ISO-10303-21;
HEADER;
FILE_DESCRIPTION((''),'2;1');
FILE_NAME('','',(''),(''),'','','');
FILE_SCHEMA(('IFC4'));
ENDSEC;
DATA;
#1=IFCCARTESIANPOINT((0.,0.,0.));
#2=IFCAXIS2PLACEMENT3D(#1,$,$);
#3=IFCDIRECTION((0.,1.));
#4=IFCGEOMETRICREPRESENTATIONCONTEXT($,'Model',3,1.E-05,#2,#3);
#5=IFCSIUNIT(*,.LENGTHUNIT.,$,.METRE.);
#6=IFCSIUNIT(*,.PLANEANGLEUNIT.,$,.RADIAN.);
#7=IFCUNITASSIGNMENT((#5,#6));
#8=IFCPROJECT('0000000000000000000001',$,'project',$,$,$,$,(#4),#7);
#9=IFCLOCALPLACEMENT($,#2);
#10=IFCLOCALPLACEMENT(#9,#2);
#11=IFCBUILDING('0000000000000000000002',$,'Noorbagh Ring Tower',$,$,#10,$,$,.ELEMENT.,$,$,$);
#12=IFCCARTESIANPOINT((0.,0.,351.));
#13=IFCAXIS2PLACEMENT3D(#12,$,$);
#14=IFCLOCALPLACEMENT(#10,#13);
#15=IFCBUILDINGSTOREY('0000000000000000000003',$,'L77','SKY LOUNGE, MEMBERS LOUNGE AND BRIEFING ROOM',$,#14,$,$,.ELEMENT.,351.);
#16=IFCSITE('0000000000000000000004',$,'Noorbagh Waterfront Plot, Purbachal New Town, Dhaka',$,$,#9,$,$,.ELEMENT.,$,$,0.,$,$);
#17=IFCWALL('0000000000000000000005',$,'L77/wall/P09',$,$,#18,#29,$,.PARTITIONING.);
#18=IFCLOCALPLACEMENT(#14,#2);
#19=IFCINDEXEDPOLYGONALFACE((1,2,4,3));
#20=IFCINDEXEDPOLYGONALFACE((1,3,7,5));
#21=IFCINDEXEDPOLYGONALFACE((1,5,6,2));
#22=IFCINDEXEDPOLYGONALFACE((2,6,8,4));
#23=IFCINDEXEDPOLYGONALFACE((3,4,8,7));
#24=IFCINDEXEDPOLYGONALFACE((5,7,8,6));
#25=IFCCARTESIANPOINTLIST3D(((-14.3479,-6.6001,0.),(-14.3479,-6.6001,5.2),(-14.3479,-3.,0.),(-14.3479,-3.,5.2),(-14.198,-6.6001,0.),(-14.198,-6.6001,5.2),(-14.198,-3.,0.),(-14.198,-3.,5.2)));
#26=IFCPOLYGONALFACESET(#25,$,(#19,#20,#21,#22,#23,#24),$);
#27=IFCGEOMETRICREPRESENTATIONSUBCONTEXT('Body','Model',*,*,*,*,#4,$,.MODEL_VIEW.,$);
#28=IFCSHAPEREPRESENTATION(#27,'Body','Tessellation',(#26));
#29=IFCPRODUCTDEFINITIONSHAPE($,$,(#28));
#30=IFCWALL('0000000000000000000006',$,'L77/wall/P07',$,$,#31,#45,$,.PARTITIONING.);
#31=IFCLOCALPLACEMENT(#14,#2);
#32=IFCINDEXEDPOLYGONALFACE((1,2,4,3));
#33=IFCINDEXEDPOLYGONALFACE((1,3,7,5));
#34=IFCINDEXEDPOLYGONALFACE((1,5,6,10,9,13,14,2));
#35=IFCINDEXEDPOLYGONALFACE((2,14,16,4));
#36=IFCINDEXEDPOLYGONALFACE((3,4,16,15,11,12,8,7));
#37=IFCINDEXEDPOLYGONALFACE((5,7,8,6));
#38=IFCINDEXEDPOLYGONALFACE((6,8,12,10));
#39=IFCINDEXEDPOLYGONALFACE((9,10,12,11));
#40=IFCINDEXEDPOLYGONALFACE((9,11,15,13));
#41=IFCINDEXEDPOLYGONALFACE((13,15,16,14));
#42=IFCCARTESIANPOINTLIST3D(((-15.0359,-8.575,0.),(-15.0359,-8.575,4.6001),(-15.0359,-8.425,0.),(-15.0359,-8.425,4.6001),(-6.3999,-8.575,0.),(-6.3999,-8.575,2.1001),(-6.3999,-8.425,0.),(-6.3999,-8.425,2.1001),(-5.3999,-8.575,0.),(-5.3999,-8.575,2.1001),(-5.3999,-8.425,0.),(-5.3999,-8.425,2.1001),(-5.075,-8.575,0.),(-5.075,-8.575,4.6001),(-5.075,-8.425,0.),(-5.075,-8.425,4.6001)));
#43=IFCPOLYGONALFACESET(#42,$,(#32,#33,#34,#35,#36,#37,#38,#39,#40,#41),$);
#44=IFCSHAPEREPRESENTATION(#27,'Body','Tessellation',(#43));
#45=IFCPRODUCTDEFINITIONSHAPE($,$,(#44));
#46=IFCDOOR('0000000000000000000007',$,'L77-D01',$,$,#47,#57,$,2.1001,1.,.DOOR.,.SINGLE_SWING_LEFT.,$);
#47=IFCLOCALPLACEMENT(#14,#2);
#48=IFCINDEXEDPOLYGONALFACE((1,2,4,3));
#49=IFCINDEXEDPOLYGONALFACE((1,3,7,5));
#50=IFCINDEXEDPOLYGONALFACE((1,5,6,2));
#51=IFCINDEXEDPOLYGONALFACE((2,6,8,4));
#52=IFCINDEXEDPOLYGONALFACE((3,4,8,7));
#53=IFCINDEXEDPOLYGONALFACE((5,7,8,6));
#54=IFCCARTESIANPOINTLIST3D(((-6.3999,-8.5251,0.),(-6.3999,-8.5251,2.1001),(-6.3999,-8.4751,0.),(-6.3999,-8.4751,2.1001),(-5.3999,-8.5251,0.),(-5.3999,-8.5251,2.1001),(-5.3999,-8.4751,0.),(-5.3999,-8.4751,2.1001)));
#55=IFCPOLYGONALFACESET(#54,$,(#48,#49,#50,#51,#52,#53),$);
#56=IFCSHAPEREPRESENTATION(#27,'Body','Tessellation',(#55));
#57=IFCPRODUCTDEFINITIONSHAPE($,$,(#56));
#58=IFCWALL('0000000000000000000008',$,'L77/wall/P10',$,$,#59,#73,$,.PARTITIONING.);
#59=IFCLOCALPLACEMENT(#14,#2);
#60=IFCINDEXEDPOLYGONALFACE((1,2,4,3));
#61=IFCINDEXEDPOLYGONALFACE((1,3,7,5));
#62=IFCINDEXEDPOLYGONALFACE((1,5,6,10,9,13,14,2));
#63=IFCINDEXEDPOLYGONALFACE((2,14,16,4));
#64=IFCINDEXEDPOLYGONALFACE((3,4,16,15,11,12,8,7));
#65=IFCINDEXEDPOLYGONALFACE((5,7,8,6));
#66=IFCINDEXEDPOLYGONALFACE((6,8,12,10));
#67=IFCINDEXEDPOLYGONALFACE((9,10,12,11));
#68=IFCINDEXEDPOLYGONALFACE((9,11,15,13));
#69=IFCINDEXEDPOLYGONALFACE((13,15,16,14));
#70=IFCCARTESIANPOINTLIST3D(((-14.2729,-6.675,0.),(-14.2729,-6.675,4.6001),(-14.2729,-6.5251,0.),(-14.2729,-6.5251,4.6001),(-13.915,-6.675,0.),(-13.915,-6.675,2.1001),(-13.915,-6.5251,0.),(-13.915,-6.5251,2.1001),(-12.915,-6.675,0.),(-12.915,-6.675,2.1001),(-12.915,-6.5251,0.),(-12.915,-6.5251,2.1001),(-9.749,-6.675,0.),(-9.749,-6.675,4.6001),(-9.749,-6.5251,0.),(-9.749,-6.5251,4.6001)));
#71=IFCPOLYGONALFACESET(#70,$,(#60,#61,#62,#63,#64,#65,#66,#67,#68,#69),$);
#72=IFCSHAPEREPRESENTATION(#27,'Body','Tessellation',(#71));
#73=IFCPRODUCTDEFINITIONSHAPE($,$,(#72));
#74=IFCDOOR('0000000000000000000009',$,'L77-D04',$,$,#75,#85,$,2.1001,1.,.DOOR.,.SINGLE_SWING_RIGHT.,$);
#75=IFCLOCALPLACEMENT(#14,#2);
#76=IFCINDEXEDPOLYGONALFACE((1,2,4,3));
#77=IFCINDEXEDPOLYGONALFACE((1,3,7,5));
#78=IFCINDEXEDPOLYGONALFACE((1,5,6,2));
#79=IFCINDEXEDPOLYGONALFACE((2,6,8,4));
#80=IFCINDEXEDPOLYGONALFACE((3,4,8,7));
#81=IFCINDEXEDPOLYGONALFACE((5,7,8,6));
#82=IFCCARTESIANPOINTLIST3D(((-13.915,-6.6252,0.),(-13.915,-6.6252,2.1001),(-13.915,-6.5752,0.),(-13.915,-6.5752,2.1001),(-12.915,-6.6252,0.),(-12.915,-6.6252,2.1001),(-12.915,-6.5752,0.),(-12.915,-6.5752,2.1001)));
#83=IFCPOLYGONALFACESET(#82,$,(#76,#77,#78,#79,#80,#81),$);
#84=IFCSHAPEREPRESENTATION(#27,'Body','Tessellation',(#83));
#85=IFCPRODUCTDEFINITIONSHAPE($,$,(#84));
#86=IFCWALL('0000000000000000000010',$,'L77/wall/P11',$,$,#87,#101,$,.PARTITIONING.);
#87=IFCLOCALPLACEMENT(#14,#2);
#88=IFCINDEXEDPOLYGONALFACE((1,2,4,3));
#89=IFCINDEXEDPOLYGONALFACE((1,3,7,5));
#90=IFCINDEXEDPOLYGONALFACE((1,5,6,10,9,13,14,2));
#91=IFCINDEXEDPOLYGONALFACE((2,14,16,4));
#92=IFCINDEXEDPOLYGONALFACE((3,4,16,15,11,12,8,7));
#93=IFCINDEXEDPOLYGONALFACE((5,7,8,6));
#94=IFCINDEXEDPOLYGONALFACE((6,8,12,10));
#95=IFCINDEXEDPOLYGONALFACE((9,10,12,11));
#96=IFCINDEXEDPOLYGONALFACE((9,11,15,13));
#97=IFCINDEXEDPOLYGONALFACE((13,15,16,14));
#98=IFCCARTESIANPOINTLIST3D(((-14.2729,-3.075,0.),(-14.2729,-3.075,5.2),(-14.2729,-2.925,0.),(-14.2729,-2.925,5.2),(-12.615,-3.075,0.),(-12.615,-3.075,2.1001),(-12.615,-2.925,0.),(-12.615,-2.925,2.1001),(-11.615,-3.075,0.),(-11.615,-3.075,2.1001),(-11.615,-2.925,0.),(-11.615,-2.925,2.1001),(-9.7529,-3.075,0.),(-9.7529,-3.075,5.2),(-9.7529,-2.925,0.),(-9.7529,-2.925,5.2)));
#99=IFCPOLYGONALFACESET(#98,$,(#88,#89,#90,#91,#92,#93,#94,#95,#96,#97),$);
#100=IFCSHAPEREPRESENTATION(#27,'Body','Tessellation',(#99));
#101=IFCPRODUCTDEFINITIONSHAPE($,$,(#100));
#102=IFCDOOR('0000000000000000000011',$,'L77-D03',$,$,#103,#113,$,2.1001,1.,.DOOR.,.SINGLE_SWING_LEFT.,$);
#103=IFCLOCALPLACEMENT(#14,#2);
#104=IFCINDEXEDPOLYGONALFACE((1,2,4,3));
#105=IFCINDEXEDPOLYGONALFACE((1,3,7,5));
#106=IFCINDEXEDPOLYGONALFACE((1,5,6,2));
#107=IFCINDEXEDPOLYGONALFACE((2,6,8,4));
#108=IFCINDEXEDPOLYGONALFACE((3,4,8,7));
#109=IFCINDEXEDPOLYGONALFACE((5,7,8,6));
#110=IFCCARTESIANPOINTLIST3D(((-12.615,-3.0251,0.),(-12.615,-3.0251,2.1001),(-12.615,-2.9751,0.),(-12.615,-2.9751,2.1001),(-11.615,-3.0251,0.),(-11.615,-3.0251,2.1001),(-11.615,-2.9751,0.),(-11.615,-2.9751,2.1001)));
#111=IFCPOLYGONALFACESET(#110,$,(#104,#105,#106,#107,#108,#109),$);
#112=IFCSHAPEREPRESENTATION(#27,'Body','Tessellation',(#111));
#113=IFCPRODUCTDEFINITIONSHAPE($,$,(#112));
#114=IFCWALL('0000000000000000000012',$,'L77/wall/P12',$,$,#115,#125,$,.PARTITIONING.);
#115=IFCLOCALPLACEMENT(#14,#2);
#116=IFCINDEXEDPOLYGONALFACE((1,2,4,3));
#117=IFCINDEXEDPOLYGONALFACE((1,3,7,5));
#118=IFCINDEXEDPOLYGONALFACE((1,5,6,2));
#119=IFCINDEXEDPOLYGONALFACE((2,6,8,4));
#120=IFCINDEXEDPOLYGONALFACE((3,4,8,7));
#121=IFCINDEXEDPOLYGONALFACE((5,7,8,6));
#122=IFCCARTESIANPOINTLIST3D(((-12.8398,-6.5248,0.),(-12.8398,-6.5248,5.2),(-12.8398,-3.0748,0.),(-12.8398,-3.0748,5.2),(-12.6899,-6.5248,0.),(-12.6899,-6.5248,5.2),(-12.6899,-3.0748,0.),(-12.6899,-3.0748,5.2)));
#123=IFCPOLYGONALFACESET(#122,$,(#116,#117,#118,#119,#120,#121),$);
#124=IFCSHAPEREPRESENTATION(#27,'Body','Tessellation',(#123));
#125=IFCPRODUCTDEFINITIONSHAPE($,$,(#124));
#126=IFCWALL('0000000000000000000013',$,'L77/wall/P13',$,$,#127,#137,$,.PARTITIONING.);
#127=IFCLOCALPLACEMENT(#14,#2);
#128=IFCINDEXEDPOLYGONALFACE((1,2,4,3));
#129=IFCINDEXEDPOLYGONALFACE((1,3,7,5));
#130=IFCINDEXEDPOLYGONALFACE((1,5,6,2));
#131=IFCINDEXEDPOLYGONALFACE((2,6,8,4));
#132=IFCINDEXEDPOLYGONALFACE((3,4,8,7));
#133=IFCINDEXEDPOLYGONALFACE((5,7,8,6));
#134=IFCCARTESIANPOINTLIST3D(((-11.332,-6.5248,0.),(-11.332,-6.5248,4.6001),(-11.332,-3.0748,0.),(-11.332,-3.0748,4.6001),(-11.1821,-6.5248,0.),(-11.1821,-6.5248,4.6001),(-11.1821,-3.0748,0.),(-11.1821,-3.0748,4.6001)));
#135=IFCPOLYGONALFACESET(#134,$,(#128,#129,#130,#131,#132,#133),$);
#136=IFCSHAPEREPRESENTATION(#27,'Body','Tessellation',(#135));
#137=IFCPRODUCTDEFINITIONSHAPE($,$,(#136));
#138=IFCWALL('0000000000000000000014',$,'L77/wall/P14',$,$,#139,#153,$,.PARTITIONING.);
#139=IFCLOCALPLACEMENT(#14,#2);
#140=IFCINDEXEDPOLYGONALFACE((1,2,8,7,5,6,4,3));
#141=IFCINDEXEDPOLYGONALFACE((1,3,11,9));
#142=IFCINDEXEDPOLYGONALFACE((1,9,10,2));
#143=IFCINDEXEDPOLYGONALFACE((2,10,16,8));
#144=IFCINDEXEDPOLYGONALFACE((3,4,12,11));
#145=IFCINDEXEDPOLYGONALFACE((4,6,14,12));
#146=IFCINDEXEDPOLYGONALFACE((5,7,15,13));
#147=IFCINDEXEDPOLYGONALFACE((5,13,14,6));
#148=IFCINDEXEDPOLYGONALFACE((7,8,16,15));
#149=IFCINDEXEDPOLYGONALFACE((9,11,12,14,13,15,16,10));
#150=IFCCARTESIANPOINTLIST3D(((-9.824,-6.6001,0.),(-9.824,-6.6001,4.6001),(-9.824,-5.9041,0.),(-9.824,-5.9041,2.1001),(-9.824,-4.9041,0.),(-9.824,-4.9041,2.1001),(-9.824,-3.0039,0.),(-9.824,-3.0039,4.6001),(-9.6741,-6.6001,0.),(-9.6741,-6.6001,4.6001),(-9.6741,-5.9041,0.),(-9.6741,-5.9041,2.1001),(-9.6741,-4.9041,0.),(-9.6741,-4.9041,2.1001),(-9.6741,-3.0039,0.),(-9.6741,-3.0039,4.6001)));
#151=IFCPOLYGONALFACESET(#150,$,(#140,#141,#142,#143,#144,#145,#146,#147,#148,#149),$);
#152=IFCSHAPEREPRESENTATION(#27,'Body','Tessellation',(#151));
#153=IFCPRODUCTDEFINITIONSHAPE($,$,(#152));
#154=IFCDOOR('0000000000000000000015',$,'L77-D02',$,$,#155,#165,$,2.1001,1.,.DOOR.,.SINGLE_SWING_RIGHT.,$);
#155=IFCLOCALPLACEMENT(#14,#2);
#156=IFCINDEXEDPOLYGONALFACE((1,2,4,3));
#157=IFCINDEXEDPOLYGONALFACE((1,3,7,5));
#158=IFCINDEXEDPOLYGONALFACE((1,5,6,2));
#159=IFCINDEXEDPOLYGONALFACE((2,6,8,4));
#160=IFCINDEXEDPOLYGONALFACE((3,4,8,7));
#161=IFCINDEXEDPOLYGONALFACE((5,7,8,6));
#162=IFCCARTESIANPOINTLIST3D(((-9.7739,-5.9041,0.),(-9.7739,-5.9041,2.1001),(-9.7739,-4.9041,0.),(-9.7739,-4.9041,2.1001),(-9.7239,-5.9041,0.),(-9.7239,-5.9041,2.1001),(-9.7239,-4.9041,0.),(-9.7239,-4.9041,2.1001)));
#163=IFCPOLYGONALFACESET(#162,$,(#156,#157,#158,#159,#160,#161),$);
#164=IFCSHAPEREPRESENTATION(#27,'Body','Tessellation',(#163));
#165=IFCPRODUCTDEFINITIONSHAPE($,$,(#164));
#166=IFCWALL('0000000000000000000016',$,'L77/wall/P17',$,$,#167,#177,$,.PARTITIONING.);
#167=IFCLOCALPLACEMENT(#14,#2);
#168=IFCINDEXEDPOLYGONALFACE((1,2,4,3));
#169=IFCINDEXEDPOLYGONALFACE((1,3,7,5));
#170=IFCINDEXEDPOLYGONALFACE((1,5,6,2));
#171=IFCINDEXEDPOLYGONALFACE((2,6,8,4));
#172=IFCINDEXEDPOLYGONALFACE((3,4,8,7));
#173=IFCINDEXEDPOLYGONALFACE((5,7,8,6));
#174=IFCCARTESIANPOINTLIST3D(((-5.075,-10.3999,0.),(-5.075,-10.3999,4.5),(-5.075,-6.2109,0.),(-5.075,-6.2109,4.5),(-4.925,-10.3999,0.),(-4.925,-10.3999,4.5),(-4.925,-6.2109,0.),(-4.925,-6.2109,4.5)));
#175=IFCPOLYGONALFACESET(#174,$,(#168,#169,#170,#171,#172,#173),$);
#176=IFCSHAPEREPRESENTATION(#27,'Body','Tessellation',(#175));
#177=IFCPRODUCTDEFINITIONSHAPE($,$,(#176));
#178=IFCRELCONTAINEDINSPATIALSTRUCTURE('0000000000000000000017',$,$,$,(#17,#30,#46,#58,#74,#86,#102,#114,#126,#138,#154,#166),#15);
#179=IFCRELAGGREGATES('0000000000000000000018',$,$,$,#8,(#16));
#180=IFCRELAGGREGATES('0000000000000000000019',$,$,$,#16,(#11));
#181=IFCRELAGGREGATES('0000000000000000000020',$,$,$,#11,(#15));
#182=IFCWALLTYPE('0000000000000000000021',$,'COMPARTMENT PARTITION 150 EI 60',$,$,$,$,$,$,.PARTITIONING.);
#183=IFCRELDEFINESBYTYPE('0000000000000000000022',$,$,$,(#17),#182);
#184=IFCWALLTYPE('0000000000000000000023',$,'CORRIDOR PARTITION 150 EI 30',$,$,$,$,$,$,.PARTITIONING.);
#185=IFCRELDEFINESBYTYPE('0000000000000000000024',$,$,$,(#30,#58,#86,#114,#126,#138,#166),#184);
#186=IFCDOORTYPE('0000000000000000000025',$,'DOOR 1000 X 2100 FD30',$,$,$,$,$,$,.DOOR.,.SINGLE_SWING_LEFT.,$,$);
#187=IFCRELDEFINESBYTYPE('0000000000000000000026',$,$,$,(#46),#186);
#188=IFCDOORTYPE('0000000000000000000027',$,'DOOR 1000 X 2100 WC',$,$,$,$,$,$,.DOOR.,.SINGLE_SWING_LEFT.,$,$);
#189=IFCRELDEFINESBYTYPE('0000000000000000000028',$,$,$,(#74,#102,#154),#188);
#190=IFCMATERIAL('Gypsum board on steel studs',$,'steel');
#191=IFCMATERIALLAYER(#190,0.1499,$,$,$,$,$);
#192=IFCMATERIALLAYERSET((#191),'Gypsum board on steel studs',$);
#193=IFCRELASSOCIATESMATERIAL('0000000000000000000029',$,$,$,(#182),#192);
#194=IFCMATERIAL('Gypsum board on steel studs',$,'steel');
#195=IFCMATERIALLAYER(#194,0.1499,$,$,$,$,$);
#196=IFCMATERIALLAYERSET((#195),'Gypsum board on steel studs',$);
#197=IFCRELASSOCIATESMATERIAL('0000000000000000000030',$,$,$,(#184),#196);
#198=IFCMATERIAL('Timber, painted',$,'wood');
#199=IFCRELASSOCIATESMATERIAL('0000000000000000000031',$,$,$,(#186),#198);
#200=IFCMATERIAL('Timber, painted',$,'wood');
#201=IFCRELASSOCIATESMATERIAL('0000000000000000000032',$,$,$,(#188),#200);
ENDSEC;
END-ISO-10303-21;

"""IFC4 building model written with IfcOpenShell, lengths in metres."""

from ifc_helpers import new_model, si_unit, direction, frame, frame_2d, origin, place, context, subcontext, project, spatial, rectangle, extrude, material, layer, layer_set, type_object, element, fill, save


model = new_model("IFC4")

# Units and contexts
model_context = context("Model", 3, precision=1e-05, world=origin(), true_north=direction((0.0, 1.0)))
body_context = subcontext(model_context, "Body", "Model", "MODEL_VIEW")
ifc_project = project(units=[si_unit("LENGTHUNIT", "METRE"), si_unit("PLANEANGLEUNIT", "RADIAN")], contexts=[model_context])

# Site, building, storey
site_placement = place(None, origin())
site = spatial("IfcSite", under=ifc_project, at=site_placement, Name="Noorbagh Waterfront Plot, Purbachal New Town, Dhaka", CompositionType="ELEMENT", RefElevation=0.0)
building_placement = place(site_placement, origin())
building = spatial("IfcBuilding", under=site, at=building_placement, Name="Noorbagh Ring Tower", CompositionType="ELEMENT")
storey_placement = place(building_placement, frame((0.0, 0.0, 351.0)))
storey = spatial("IfcBuildingStorey", under=building, at=storey_placement, Name="L77", Description="SKY LOUNGE, MEMBERS LOUNGE AND BRIEFING ROOM", CompositionType="ELEMENT", Elevation=351.0)

# Shared definitions
ifc_material_1 = material(Name="Gypsum board on steel studs", Category="steel")
ifc_layer_1 = layer(ifc_material_1, 0.1499)
ifc_layer_set_1 = layer_set([ifc_layer_1], Name="Gypsum board on steel studs")
wall_type_1 = type_object("IfcWallType", Name="COMPARTMENT PARTITION 150 EI 60", PredefinedType="PARTITIONING", material=ifc_layer_set_1)

# Wall
wall_1_placement = place(storey_placement, frame((-14.2729, -6.6001, 0.0), z_axis=(0.0, 0.0, 1.0), x_axis=(0.0, 1.0, 0.0)))
element("IfcWall", 1, at=wall_1_placement, inside=storey, type_object=wall_type_1, Name="L77/wall/P09", PredefinedType="PARTITIONING", context=body_context, shape_type="SweptSolid", body=[
    extrude(rectangle(XDim=3.6001, YDim=0.1499, at=frame_2d((1.8, 0.0))), origin(), (0.0, 0.0, 1.0), 5.2),
])

# Walls, openings, doors
ifc_material_2 = material(Name="Gypsum board on steel studs", Category="steel")
ifc_layer_2 = layer(ifc_material_2, 0.1499)
ifc_layer_set_2 = layer_set([ifc_layer_2], Name="Gypsum board on steel studs")
wall_type_2 = type_object("IfcWallType", Name="CORRIDOR PARTITION 150 EI 30", PredefinedType="PARTITIONING", material=ifc_layer_set_2)
wall_2_placement = place(storey_placement, frame((-15.0359, -8.5, 0.0), z_axis=(0.0, 0.0, 1.0), x_axis=(1.0, 0.0, 0.0)))
wall_2 = element("IfcWall", 2, at=wall_2_placement, inside=storey, type_object=wall_type_2, Name="L77/wall/P07", PredefinedType="PARTITIONING", context=body_context, shape_type="SweptSolid", body=[
    extrude(rectangle(XDim=9.9609, YDim=0.1499, at=frame_2d((4.9805, 0.0))), origin(), (0.0, 0.0, 1.0), 4.6001),
])
opening_1_placement = place(wall_2_placement, frame((8.636, 0.0, 0.0)))
opening_1 = element("IfcOpeningElement", 3, at=opening_1_placement, cuts=wall_2, PredefinedType="OPENING", context=body_context, shape_type="SweptSolid", body=[
    extrude(rectangle(XDim=1.0, YDim=2.1001, at=frame_2d((0.5, 1.05))), frame((0.0, 0.085, 0.0), z_axis=(0.0, -1.0, 0.0), x_axis=(1.0, 0.0, 0.0)), (0.0, 0.0, 1.0), 0.1699),
])
ifc_material_3 = material(Name="Timber, painted", Category="wood")
door_type_1 = type_object("IfcDoorType", Name="DOOR 1000 X 2100 FD30", OperationType="SINGLE_SWING_LEFT", PredefinedType="DOOR", material=ifc_material_3)
door_1_placement = place(opening_1_placement, origin())
door_1 = element("IfcDoor", 4, at=door_1_placement, inside=storey, type_object=door_type_1, Name="L77-D01", OperationType="SINGLE_SWING_LEFT", OverallHeight=2.1001, OverallWidth=1.0, PredefinedType="DOOR", context=body_context, shape_type="SweptSolid", body=[
    extrude(rectangle(XDim=1.0, YDim=2.1001, at=frame_2d((0.5, 1.05))), frame((0.0, 0.0249, 0.0), z_axis=(0.0, -1.0, 0.0), x_axis=(1.0, 0.0, 0.0)), (0.0, 0.0, 1.0), 0.05),
])
fill(opening_1, door_1)
wall_3_placement = place(storey_placement, frame((-14.2729, -6.6001, 0.0), z_axis=(0.0, 0.0, 1.0), x_axis=(1.0, 0.0, 0.0)))
wall_3 = element("IfcWall", 5, at=wall_3_placement, inside=storey, type_object=wall_type_2, Name="L77/wall/P10", PredefinedType="PARTITIONING", context=body_context, shape_type="SweptSolid", body=[
    extrude(rectangle(XDim=4.5239, YDim=0.1499, at=frame_2d((2.262, 0.0))), origin(), (0.0, 0.0, 1.0), 4.6001),
])
opening_2_placement = place(wall_3_placement, frame((0.3579, 0.0, 0.0)))
opening_2 = element("IfcOpeningElement", 6, at=opening_2_placement, cuts=wall_3, PredefinedType="OPENING", context=body_context, shape_type="SweptSolid", body=[
    extrude(rectangle(XDim=1.0, YDim=2.1001, at=frame_2d((0.5, 1.05))), frame((0.0, 0.085, 0.0), z_axis=(0.0, -1.0, 0.0), x_axis=(1.0, 0.0, 0.0)), (0.0, 0.0, 1.0), 0.1699),
])
ifc_material_4 = material(Name="Timber, painted", Category="wood")
door_type_2 = type_object("IfcDoorType", Name="DOOR 1000 X 2100 WC", OperationType="SINGLE_SWING_LEFT", PredefinedType="DOOR", material=ifc_material_4)
door_2_placement = place(opening_2_placement, origin())
door_2 = element("IfcDoor", 7, at=door_2_placement, inside=storey, type_object=door_type_2, Name="L77-D04", OperationType="SINGLE_SWING_RIGHT", OverallHeight=2.1001, OverallWidth=1.0, PredefinedType="DOOR", context=body_context, shape_type="SweptSolid", body=[
    extrude(rectangle(XDim=1.0, YDim=2.1001, at=frame_2d((0.5, 1.05))), frame((0.0, 0.0249, 0.0), z_axis=(0.0, -1.0, 0.0), x_axis=(1.0, 0.0, 0.0)), (0.0, 0.0, 1.0), 0.05),
])
fill(opening_2, door_2)
wall_4_placement = place(storey_placement, frame((-14.2729, -3.0, 0.0), z_axis=(0.0, 0.0, 1.0), x_axis=(1.0, 0.0, 0.0)))
wall_4 = element("IfcWall", 8, at=wall_4_placement, inside=storey, type_object=wall_type_2, Name="L77/wall/P11", PredefinedType="PARTITIONING", context=body_context, shape_type="SweptSolid", body=[
    extrude(rectangle(XDim=4.52, YDim=0.1499, at=frame_2d((2.26, 0.0))), origin(), (0.0, 0.0, 1.0), 5.2),
])
opening_3_placement = place(wall_4_placement, frame((1.658, 0.0, 0.0)))
opening_3 = element("IfcOpeningElement", 9, at=opening_3_placement, cuts=wall_4, PredefinedType="OPENING", context=body_context, shape_type="SweptSolid", body=[
    extrude(rectangle(XDim=1.0, YDim=2.1001, at=frame_2d((0.5, 1.05))), frame((0.0, 0.085, 0.0), z_axis=(0.0, -1.0, 0.0), x_axis=(1.0, 0.0, 0.0)), (0.0, 0.0, 1.0), 0.1699),
])
door_3_placement = place(opening_3_placement, origin())
door_3 = element("IfcDoor", 10, at=door_3_placement, inside=storey, type_object=door_type_2, Name="L77-D03", OperationType="SINGLE_SWING_LEFT", OverallHeight=2.1001, OverallWidth=1.0, PredefinedType="DOOR", context=body_context, shape_type="SweptSolid", body=[
    extrude(rectangle(XDim=1.0, YDim=2.1001, at=frame_2d((0.5, 1.05))), frame((0.0, 0.0249, 0.0), z_axis=(0.0, -1.0, 0.0), x_axis=(1.0, 0.0, 0.0)), (0.0, 0.0, 1.0), 0.05),
])
fill(opening_3, door_3)

# Walls
wall_5_placement = place(storey_placement, frame((-12.7649, -6.5249, 0.0), z_axis=(0.0, 0.0, 1.0), x_axis=(0.0, 1.0, 0.0)))
element("IfcWall", 11, at=wall_5_placement, inside=storey, type_object=wall_type_2, Name="L77/wall/P12", PredefinedType="PARTITIONING", context=body_context, shape_type="SweptSolid", body=[
    extrude(rectangle(XDim=3.45, YDim=0.1499, at=frame_2d((1.7251, 0.0))), origin(), (0.0, 0.0, 1.0), 5.2),
])
wall_6_placement = place(storey_placement, frame((-11.2571, -6.5249, 0.0), z_axis=(0.0, 0.0, 1.0), x_axis=(0.0, 1.0, 0.0)))
element("IfcWall", 12, at=wall_6_placement, inside=storey, type_object=wall_type_2, Name="L77/wall/P13", PredefinedType="PARTITIONING", context=body_context, shape_type="SweptSolid", body=[
    extrude(rectangle(XDim=3.45, YDim=0.1499, at=frame_2d((1.7251, 0.0))), origin(), (0.0, 0.0, 1.0), 4.6001),
])

# Wall, opening, door
wall_7_placement = place(storey_placement, frame((-9.749, -6.6001, 0.0), z_axis=(0.0, 0.0, 1.0), x_axis=(0.0, 1.0, 0.0)))
wall_7 = element("IfcWall", 13, at=wall_7_placement, inside=storey, type_object=wall_type_2, Name="L77/wall/P14", PredefinedType="PARTITIONING", context=body_context, shape_type="SweptSolid", body=[
    extrude(rectangle(XDim=3.5962, YDim=0.1499, at=frame_2d((1.7981, 0.0))), origin(), (0.0, 0.0, 1.0), 4.6001),
])
opening_4_placement = place(wall_7_placement, frame((0.696, 0.0, 0.0)))
opening_4 = element("IfcOpeningElement", 14, at=opening_4_placement, cuts=wall_7, PredefinedType="OPENING", context=body_context, shape_type="SweptSolid", body=[
    extrude(rectangle(XDim=1.0, YDim=2.1001, at=frame_2d((0.5, 1.05))), frame((0.0, 0.085, 0.0), z_axis=(0.0, -1.0, 0.0), x_axis=(1.0, 0.0, 0.0)), (0.0, 0.0, 1.0), 0.1699),
])
door_4_placement = place(opening_4_placement, origin())
door_4 = element("IfcDoor", 15, at=door_4_placement, inside=storey, type_object=door_type_2, Name="L77-D02", OperationType="SINGLE_SWING_RIGHT", OverallHeight=2.1001, OverallWidth=1.0, PredefinedType="DOOR", context=body_context, shape_type="SweptSolid", body=[
    extrude(rectangle(XDim=1.0, YDim=2.1001, at=frame_2d((0.5, 1.05))), frame((0.0, 0.0249, 0.0), z_axis=(0.0, -1.0, 0.0), x_axis=(1.0, 0.0, 0.0)), (0.0, 0.0, 1.0), 0.05),
])
fill(opening_4, door_4)

# Wall
wall_8_placement = place(storey_placement, frame((-5.0, -10.3999, 0.0), z_axis=(0.0, 0.0, 1.0), x_axis=(0.0, 1.0, 0.0)))
element("IfcWall", 16, at=wall_8_placement, inside=storey, type_object=wall_type_2, Name="L77/wall/P17", PredefinedType="PARTITIONING", context=body_context, shape_type="SweptSolid", body=[
    extrude(rectangle(XDim=4.189, YDim=0.1499, at=frame_2d((2.0945, 0.0))), origin(), (0.0, 0.0, 1.0), 4.5),
])

save(model, "model.ifc")
